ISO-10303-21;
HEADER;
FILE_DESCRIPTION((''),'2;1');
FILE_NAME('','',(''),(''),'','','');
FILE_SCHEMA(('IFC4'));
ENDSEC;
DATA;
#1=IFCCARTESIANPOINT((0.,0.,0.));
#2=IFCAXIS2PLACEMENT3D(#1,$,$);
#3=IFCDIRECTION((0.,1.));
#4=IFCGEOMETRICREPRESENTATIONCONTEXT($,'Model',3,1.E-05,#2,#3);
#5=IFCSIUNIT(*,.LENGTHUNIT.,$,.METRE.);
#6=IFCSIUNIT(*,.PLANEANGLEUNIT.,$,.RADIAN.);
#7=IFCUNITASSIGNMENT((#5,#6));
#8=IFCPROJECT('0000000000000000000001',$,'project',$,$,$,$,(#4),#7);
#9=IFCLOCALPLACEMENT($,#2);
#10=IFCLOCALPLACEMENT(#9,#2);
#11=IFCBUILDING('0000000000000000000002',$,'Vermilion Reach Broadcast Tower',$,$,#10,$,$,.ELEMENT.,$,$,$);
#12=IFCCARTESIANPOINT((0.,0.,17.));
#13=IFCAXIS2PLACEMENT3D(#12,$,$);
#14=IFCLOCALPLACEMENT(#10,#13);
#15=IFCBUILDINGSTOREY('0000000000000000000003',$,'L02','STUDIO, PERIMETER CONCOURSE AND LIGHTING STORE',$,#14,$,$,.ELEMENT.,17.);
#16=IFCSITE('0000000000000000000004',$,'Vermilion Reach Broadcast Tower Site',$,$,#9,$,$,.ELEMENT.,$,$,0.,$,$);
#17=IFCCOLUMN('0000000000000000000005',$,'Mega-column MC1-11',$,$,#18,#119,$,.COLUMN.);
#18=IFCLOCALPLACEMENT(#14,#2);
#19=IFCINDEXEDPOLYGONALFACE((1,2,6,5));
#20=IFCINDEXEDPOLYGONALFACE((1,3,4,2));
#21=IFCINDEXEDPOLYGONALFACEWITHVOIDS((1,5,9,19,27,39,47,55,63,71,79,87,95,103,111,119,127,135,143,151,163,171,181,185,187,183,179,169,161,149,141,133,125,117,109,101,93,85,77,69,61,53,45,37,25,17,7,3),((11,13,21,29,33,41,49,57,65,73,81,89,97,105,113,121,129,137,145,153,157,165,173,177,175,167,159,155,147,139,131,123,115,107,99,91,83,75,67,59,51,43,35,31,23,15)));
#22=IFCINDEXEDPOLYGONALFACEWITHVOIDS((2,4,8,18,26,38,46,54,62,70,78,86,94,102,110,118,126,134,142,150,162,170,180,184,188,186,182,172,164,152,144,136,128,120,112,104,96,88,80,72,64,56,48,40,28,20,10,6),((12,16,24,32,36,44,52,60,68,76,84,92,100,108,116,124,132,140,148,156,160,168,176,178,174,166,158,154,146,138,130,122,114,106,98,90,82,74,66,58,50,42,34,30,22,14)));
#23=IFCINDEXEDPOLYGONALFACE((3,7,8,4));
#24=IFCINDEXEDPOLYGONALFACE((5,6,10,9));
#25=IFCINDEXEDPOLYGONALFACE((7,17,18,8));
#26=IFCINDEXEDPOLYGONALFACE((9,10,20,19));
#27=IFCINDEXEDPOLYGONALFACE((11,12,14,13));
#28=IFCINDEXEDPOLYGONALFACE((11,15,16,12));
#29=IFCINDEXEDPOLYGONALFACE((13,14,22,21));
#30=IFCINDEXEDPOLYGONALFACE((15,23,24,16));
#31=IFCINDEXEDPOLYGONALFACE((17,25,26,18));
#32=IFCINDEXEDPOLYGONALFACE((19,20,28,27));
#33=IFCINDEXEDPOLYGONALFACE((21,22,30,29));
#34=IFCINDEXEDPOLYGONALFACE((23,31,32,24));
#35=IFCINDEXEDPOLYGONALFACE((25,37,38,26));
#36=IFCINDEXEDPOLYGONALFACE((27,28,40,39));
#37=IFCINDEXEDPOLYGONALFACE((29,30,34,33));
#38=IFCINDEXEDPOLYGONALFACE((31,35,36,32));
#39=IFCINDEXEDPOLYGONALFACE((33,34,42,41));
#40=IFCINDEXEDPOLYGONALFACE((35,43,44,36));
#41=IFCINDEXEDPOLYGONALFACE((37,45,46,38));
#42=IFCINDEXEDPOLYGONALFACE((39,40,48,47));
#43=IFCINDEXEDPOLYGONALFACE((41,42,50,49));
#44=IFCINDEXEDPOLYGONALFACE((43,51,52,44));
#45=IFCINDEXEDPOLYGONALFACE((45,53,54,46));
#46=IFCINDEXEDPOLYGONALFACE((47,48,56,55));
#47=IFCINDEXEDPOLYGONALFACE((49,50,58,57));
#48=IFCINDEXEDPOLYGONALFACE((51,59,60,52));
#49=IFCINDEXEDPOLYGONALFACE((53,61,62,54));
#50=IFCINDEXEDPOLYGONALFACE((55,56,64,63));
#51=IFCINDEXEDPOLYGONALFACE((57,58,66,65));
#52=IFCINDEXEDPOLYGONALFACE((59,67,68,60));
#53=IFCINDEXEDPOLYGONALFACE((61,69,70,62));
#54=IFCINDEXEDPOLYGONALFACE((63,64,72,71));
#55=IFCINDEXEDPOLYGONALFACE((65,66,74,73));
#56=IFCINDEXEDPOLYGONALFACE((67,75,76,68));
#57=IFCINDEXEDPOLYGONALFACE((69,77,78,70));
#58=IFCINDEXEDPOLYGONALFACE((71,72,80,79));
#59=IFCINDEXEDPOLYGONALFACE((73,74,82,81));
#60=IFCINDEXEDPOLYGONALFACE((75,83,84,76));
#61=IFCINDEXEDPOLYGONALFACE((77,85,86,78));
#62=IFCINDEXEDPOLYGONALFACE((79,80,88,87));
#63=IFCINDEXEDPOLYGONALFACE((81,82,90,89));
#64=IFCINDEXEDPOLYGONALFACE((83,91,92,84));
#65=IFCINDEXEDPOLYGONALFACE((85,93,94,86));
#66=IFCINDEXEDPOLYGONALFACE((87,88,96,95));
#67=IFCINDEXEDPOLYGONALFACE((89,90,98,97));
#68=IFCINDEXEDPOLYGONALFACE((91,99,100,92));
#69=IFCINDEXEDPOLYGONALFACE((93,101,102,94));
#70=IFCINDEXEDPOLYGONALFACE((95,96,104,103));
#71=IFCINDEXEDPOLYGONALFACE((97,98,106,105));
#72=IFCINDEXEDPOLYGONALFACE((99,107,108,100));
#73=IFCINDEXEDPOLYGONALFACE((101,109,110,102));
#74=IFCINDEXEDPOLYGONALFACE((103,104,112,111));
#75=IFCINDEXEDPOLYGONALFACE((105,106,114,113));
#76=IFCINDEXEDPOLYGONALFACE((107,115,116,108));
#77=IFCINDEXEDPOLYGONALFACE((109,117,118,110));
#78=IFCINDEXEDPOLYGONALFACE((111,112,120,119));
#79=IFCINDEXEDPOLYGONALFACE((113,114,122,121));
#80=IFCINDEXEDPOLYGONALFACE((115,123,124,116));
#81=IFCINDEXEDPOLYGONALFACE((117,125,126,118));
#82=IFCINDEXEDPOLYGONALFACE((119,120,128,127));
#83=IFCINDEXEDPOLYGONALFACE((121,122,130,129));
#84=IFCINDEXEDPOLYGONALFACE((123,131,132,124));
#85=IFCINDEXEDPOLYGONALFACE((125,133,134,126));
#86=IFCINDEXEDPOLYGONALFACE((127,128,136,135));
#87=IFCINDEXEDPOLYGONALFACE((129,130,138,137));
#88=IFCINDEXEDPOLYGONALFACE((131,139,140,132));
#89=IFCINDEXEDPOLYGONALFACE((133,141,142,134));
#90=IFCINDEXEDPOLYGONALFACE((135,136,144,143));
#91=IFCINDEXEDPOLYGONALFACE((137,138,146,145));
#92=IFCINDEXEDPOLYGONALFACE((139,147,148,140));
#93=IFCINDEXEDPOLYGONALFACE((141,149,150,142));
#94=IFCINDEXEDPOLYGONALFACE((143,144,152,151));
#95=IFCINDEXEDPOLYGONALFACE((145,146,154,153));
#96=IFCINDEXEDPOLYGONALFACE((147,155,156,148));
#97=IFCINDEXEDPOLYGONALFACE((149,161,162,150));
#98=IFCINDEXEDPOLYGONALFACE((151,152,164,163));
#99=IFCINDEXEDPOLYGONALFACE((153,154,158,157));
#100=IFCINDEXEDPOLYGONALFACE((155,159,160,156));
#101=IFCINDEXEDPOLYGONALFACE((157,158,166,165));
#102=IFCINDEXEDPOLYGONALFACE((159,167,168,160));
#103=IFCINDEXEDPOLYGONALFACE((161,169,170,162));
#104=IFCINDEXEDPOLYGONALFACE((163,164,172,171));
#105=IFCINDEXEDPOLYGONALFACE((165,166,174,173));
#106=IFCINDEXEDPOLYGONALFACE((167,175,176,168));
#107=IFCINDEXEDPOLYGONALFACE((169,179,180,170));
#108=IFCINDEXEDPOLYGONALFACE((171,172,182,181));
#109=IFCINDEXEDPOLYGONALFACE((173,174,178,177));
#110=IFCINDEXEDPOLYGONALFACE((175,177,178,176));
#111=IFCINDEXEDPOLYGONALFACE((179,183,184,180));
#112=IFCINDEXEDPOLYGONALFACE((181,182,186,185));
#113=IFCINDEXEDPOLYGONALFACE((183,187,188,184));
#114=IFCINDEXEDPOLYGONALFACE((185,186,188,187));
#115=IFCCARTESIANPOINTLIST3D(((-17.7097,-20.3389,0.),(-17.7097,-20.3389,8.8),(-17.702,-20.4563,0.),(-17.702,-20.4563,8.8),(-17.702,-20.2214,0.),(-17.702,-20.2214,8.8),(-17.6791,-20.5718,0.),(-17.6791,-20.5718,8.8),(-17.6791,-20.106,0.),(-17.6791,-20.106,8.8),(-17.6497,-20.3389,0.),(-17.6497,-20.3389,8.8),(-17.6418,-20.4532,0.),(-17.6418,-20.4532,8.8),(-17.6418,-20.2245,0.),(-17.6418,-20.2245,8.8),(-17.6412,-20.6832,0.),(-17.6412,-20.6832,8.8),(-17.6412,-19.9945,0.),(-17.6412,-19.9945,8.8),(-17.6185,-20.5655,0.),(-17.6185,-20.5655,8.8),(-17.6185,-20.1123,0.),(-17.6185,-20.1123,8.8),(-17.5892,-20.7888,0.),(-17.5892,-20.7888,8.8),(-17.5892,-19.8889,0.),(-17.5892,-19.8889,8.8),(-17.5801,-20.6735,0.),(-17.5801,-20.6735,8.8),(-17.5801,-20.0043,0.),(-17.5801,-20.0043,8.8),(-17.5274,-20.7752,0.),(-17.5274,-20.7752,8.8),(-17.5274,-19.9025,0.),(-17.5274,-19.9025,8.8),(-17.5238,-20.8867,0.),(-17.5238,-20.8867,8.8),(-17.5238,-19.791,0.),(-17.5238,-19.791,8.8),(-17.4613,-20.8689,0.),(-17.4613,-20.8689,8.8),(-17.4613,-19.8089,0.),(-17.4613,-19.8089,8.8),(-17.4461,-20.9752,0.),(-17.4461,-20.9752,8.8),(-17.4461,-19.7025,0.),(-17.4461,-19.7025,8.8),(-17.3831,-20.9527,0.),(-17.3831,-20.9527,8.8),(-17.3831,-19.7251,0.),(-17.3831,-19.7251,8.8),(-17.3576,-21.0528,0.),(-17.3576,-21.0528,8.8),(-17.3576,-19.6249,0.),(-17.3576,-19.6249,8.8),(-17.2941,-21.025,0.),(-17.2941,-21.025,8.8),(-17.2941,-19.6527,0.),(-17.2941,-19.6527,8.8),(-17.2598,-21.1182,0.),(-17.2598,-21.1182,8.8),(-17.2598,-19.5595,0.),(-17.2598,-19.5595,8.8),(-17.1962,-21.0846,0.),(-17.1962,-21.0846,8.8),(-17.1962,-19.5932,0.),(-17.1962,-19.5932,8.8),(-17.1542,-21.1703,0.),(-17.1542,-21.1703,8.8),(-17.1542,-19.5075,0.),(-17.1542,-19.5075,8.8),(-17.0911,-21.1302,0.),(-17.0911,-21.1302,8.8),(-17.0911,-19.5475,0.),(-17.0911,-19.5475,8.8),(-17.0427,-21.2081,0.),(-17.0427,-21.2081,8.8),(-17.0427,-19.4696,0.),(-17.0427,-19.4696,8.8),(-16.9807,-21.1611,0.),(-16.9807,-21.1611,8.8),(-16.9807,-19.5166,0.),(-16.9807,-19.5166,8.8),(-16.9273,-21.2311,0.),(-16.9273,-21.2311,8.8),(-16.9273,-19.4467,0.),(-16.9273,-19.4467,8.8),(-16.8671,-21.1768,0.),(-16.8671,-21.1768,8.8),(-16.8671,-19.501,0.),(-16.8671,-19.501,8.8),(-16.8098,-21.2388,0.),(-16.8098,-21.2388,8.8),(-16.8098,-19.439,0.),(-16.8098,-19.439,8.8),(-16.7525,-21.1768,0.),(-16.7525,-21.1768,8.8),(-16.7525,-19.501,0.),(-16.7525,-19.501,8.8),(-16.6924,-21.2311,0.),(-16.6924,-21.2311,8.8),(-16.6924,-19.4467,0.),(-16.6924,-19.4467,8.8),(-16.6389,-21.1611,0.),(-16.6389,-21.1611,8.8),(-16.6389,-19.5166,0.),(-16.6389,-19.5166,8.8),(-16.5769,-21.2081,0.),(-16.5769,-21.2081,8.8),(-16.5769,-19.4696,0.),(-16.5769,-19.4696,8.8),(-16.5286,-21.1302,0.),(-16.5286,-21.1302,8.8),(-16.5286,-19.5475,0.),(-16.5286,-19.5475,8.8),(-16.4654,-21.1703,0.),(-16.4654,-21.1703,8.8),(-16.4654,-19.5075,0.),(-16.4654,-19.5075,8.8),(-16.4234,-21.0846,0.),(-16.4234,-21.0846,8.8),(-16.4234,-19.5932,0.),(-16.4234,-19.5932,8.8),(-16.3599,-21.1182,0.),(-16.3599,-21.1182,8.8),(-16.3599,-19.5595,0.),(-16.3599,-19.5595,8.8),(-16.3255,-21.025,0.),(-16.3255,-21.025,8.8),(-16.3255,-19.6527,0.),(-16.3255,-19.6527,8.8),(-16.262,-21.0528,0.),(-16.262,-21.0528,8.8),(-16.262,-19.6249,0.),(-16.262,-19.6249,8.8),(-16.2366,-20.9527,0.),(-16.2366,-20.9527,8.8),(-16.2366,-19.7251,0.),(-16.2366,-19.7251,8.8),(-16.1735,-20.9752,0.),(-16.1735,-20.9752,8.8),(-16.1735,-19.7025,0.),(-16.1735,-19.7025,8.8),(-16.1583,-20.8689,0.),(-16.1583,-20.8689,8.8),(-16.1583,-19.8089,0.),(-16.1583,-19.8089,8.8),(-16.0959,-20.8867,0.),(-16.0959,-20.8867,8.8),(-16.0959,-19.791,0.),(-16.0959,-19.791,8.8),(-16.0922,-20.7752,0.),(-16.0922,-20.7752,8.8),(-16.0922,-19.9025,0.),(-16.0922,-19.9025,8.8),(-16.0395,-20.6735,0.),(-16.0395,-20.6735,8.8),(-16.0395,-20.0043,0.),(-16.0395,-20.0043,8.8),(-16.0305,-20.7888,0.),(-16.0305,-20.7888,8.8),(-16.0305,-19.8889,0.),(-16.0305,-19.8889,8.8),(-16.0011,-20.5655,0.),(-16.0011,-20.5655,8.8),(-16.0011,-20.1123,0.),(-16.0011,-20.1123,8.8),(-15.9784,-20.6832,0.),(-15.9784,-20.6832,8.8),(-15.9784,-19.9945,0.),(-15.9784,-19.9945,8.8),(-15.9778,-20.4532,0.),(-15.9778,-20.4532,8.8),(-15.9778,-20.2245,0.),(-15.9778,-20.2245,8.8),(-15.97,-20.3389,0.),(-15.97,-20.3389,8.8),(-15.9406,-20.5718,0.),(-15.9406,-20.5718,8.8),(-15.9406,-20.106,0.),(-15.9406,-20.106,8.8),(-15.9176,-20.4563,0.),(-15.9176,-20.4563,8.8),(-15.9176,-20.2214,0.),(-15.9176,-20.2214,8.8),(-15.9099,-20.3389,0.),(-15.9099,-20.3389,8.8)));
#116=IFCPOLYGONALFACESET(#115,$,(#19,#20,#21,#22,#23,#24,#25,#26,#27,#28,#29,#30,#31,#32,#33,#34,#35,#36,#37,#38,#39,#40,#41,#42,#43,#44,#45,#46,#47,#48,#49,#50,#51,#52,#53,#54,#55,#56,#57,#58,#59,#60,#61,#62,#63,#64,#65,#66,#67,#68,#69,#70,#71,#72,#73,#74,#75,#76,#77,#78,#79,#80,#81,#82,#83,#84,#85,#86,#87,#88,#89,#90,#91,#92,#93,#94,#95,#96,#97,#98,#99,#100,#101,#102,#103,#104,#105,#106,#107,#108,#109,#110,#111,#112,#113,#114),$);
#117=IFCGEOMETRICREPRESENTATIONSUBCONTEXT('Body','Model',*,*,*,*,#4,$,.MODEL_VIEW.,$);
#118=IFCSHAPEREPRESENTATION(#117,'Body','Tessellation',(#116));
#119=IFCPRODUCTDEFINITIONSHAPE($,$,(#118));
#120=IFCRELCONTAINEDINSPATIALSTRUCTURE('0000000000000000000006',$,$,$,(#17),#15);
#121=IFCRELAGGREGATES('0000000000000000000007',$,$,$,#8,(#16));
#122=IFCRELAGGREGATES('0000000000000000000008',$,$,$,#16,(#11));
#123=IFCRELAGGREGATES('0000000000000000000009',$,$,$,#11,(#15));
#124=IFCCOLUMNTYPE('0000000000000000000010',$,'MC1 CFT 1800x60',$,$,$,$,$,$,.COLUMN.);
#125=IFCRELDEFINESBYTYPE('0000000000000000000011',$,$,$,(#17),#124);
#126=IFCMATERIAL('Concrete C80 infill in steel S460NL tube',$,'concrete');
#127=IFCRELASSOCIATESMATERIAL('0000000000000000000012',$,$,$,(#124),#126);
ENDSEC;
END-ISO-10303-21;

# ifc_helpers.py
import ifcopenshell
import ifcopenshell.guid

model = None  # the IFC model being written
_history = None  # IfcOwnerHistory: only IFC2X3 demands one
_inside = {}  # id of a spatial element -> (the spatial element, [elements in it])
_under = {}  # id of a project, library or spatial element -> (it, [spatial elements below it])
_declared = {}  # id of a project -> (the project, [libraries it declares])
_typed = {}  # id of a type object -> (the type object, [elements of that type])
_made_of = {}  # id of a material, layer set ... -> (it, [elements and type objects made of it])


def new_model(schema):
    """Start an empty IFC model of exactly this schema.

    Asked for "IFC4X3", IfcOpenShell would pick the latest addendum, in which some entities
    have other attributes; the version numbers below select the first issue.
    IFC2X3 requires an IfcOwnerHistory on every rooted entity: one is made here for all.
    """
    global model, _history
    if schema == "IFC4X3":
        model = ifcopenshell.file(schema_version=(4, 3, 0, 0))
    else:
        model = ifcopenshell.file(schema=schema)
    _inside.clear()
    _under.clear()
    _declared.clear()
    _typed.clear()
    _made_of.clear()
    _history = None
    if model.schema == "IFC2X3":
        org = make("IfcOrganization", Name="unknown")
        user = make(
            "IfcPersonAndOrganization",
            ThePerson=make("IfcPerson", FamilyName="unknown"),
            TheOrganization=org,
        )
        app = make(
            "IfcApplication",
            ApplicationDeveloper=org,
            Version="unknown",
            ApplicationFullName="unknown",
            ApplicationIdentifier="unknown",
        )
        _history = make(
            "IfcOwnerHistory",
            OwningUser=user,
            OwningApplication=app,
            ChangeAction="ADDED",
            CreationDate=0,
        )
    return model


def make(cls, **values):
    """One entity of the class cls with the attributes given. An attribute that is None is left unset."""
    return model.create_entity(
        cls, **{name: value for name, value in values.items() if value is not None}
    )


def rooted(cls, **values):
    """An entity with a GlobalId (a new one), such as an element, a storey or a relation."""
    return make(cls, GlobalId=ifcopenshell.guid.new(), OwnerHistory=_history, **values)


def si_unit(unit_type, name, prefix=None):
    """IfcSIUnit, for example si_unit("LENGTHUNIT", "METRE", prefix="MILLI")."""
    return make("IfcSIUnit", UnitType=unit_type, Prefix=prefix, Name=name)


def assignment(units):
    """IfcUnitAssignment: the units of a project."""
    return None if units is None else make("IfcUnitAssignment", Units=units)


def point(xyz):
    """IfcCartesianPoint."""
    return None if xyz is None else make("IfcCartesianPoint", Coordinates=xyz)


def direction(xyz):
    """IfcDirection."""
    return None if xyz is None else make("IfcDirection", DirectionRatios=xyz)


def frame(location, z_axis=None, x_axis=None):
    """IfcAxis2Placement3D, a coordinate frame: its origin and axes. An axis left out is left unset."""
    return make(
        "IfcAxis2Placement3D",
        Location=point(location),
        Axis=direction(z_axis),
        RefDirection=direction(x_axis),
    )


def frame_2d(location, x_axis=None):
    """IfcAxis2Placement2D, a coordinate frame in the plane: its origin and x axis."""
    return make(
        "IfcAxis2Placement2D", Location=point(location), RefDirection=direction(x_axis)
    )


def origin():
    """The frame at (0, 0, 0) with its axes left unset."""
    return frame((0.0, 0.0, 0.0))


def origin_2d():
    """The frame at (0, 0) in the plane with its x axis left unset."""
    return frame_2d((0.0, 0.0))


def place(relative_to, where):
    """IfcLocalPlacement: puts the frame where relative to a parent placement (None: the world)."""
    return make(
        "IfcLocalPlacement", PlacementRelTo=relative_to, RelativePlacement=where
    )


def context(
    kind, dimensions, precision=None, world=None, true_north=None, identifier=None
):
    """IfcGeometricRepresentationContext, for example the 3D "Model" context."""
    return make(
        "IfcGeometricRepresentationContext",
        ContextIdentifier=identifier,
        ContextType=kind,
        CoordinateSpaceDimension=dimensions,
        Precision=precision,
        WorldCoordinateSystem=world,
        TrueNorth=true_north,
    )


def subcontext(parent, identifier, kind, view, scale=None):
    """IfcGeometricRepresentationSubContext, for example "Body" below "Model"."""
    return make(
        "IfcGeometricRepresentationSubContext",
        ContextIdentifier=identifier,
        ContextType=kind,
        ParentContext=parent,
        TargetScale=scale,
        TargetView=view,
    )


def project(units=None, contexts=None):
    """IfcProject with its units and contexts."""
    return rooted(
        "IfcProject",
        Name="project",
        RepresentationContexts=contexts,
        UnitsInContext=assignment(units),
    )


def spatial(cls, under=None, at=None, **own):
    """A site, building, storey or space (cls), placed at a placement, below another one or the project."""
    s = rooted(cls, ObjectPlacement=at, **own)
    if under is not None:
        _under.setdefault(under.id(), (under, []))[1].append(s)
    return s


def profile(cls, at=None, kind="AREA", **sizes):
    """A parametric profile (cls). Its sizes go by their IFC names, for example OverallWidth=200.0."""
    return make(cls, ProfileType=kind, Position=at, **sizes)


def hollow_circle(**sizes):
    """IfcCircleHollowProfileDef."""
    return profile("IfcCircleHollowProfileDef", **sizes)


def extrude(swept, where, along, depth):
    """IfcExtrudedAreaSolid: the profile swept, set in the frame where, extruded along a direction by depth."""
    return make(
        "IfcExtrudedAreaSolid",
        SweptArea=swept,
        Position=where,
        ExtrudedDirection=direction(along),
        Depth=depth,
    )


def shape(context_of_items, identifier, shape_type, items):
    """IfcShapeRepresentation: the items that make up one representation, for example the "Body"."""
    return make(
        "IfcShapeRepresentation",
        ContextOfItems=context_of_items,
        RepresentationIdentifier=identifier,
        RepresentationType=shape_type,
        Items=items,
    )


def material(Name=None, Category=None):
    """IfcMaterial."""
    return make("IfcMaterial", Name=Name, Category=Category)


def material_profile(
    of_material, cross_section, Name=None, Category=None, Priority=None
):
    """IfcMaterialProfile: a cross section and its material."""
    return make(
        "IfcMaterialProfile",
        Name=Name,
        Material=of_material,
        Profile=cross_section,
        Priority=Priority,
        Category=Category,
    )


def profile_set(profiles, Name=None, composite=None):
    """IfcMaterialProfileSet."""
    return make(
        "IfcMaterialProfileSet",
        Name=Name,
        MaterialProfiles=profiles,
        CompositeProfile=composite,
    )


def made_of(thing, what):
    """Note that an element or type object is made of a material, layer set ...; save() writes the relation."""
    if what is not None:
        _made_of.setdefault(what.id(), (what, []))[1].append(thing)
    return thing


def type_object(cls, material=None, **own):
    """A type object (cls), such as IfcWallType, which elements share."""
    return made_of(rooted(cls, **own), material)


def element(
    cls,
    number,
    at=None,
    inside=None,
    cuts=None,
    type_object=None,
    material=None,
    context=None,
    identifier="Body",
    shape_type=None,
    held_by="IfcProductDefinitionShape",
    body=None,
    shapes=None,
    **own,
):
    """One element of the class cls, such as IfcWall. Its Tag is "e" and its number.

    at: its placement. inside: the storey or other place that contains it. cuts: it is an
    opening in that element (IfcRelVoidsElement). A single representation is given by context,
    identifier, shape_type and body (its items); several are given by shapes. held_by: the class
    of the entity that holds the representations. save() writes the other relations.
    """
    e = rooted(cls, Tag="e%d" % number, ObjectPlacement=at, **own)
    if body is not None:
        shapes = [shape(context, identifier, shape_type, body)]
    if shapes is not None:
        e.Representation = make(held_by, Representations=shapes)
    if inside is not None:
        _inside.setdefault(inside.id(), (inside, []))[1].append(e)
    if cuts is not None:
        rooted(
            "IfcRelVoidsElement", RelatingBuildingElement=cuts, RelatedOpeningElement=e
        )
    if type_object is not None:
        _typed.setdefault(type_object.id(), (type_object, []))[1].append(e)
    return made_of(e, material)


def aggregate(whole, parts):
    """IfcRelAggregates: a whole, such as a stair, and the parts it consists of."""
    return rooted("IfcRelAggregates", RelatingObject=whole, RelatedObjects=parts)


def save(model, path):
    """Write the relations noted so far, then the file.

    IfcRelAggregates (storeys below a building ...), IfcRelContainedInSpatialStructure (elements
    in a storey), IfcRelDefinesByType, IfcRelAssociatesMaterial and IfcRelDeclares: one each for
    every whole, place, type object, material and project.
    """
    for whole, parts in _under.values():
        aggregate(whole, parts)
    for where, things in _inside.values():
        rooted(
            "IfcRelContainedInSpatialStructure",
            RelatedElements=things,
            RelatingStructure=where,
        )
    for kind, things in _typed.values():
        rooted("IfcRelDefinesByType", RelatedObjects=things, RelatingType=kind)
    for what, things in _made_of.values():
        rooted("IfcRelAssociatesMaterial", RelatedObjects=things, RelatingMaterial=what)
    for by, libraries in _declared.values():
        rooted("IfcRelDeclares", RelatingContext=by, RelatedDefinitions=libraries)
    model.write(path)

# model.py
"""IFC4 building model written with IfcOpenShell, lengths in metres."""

from ifc_helpers import new_model, si_unit, direction, frame, origin, origin_2d, place, context, subcontext, project, spatial, hollow_circle, extrude, material, material_profile, profile_set, type_object, element, save


model = new_model("IFC4")

# Units and contexts
model_context = context("Model", 3, precision=1e-05, world=origin(), true_north=direction((0.0, 1.0)))
body_context = subcontext(model_context, "Body", "Model", "MODEL_VIEW")
ifc_project = project(units=[si_unit("LENGTHUNIT", "METRE"), si_unit("PLANEANGLEUNIT", "RADIAN")], contexts=[model_context])

# Site, building, storey
site_placement = place(None, origin())
site = spatial("IfcSite", under=ifc_project, at=site_placement, Name="Vermilion Reach Broadcast Tower Site", CompositionType="ELEMENT", RefElevation=0.0)
building_placement = place(site_placement, origin())
building = spatial("IfcBuilding", under=site, at=building_placement, Name="Vermilion Reach Broadcast Tower", CompositionType="ELEMENT")
storey_placement = place(building_placement, frame((0.0, 0.0, 17.0)))
storey = spatial("IfcBuildingStorey", under=building, at=storey_placement, Name="L02", Description="STUDIO, PERIMETER CONCOURSE AND LIGHTING STORE", CompositionType="ELEMENT", Elevation=17.0)

# Column
ifc_material_1 = material(Name="Concrete C80 infill in steel S460NL tube", Category="concrete")
ifc_material_profile_1 = material_profile(ifc_material_1, hollow_circle(Radius=0.8999, WallThickness=0.0601, at=origin_2d()), Name="Concrete C80 infill in steel S460NL tube CFT 1800x60")
ifc_profile_set_1 = profile_set([ifc_material_profile_1], Name="Concrete C80 infill in steel S460NL tube")
column_type = type_object("IfcColumnType", Name="MC1 CFT 1800x60", PredefinedType="COLUMN", material=ifc_profile_set_1)
for number, where, z_axis, x_axis, name in (
    (1, (-16.8098, -20.3389, 0.0), (0.0, 0.0, 1.0), (1.0, 0.0, 0.0), "Mega-column MC1-11"),
):
    element("IfcColumn", number, at=place(storey_placement, frame(where, z_axis=z_axis, x_axis=x_axis)), inside=storey, type_object=column_type, Name=name, PredefinedType="COLUMN", context=body_context, shape_type="SweptSolid", body=[
        extrude(hollow_circle(Radius=0.8999, WallThickness=0.0601, at=origin_2d()), origin(), (0.0, 0.0, 1.0), 8.8),
    ])

save(model, "model.ifc")
